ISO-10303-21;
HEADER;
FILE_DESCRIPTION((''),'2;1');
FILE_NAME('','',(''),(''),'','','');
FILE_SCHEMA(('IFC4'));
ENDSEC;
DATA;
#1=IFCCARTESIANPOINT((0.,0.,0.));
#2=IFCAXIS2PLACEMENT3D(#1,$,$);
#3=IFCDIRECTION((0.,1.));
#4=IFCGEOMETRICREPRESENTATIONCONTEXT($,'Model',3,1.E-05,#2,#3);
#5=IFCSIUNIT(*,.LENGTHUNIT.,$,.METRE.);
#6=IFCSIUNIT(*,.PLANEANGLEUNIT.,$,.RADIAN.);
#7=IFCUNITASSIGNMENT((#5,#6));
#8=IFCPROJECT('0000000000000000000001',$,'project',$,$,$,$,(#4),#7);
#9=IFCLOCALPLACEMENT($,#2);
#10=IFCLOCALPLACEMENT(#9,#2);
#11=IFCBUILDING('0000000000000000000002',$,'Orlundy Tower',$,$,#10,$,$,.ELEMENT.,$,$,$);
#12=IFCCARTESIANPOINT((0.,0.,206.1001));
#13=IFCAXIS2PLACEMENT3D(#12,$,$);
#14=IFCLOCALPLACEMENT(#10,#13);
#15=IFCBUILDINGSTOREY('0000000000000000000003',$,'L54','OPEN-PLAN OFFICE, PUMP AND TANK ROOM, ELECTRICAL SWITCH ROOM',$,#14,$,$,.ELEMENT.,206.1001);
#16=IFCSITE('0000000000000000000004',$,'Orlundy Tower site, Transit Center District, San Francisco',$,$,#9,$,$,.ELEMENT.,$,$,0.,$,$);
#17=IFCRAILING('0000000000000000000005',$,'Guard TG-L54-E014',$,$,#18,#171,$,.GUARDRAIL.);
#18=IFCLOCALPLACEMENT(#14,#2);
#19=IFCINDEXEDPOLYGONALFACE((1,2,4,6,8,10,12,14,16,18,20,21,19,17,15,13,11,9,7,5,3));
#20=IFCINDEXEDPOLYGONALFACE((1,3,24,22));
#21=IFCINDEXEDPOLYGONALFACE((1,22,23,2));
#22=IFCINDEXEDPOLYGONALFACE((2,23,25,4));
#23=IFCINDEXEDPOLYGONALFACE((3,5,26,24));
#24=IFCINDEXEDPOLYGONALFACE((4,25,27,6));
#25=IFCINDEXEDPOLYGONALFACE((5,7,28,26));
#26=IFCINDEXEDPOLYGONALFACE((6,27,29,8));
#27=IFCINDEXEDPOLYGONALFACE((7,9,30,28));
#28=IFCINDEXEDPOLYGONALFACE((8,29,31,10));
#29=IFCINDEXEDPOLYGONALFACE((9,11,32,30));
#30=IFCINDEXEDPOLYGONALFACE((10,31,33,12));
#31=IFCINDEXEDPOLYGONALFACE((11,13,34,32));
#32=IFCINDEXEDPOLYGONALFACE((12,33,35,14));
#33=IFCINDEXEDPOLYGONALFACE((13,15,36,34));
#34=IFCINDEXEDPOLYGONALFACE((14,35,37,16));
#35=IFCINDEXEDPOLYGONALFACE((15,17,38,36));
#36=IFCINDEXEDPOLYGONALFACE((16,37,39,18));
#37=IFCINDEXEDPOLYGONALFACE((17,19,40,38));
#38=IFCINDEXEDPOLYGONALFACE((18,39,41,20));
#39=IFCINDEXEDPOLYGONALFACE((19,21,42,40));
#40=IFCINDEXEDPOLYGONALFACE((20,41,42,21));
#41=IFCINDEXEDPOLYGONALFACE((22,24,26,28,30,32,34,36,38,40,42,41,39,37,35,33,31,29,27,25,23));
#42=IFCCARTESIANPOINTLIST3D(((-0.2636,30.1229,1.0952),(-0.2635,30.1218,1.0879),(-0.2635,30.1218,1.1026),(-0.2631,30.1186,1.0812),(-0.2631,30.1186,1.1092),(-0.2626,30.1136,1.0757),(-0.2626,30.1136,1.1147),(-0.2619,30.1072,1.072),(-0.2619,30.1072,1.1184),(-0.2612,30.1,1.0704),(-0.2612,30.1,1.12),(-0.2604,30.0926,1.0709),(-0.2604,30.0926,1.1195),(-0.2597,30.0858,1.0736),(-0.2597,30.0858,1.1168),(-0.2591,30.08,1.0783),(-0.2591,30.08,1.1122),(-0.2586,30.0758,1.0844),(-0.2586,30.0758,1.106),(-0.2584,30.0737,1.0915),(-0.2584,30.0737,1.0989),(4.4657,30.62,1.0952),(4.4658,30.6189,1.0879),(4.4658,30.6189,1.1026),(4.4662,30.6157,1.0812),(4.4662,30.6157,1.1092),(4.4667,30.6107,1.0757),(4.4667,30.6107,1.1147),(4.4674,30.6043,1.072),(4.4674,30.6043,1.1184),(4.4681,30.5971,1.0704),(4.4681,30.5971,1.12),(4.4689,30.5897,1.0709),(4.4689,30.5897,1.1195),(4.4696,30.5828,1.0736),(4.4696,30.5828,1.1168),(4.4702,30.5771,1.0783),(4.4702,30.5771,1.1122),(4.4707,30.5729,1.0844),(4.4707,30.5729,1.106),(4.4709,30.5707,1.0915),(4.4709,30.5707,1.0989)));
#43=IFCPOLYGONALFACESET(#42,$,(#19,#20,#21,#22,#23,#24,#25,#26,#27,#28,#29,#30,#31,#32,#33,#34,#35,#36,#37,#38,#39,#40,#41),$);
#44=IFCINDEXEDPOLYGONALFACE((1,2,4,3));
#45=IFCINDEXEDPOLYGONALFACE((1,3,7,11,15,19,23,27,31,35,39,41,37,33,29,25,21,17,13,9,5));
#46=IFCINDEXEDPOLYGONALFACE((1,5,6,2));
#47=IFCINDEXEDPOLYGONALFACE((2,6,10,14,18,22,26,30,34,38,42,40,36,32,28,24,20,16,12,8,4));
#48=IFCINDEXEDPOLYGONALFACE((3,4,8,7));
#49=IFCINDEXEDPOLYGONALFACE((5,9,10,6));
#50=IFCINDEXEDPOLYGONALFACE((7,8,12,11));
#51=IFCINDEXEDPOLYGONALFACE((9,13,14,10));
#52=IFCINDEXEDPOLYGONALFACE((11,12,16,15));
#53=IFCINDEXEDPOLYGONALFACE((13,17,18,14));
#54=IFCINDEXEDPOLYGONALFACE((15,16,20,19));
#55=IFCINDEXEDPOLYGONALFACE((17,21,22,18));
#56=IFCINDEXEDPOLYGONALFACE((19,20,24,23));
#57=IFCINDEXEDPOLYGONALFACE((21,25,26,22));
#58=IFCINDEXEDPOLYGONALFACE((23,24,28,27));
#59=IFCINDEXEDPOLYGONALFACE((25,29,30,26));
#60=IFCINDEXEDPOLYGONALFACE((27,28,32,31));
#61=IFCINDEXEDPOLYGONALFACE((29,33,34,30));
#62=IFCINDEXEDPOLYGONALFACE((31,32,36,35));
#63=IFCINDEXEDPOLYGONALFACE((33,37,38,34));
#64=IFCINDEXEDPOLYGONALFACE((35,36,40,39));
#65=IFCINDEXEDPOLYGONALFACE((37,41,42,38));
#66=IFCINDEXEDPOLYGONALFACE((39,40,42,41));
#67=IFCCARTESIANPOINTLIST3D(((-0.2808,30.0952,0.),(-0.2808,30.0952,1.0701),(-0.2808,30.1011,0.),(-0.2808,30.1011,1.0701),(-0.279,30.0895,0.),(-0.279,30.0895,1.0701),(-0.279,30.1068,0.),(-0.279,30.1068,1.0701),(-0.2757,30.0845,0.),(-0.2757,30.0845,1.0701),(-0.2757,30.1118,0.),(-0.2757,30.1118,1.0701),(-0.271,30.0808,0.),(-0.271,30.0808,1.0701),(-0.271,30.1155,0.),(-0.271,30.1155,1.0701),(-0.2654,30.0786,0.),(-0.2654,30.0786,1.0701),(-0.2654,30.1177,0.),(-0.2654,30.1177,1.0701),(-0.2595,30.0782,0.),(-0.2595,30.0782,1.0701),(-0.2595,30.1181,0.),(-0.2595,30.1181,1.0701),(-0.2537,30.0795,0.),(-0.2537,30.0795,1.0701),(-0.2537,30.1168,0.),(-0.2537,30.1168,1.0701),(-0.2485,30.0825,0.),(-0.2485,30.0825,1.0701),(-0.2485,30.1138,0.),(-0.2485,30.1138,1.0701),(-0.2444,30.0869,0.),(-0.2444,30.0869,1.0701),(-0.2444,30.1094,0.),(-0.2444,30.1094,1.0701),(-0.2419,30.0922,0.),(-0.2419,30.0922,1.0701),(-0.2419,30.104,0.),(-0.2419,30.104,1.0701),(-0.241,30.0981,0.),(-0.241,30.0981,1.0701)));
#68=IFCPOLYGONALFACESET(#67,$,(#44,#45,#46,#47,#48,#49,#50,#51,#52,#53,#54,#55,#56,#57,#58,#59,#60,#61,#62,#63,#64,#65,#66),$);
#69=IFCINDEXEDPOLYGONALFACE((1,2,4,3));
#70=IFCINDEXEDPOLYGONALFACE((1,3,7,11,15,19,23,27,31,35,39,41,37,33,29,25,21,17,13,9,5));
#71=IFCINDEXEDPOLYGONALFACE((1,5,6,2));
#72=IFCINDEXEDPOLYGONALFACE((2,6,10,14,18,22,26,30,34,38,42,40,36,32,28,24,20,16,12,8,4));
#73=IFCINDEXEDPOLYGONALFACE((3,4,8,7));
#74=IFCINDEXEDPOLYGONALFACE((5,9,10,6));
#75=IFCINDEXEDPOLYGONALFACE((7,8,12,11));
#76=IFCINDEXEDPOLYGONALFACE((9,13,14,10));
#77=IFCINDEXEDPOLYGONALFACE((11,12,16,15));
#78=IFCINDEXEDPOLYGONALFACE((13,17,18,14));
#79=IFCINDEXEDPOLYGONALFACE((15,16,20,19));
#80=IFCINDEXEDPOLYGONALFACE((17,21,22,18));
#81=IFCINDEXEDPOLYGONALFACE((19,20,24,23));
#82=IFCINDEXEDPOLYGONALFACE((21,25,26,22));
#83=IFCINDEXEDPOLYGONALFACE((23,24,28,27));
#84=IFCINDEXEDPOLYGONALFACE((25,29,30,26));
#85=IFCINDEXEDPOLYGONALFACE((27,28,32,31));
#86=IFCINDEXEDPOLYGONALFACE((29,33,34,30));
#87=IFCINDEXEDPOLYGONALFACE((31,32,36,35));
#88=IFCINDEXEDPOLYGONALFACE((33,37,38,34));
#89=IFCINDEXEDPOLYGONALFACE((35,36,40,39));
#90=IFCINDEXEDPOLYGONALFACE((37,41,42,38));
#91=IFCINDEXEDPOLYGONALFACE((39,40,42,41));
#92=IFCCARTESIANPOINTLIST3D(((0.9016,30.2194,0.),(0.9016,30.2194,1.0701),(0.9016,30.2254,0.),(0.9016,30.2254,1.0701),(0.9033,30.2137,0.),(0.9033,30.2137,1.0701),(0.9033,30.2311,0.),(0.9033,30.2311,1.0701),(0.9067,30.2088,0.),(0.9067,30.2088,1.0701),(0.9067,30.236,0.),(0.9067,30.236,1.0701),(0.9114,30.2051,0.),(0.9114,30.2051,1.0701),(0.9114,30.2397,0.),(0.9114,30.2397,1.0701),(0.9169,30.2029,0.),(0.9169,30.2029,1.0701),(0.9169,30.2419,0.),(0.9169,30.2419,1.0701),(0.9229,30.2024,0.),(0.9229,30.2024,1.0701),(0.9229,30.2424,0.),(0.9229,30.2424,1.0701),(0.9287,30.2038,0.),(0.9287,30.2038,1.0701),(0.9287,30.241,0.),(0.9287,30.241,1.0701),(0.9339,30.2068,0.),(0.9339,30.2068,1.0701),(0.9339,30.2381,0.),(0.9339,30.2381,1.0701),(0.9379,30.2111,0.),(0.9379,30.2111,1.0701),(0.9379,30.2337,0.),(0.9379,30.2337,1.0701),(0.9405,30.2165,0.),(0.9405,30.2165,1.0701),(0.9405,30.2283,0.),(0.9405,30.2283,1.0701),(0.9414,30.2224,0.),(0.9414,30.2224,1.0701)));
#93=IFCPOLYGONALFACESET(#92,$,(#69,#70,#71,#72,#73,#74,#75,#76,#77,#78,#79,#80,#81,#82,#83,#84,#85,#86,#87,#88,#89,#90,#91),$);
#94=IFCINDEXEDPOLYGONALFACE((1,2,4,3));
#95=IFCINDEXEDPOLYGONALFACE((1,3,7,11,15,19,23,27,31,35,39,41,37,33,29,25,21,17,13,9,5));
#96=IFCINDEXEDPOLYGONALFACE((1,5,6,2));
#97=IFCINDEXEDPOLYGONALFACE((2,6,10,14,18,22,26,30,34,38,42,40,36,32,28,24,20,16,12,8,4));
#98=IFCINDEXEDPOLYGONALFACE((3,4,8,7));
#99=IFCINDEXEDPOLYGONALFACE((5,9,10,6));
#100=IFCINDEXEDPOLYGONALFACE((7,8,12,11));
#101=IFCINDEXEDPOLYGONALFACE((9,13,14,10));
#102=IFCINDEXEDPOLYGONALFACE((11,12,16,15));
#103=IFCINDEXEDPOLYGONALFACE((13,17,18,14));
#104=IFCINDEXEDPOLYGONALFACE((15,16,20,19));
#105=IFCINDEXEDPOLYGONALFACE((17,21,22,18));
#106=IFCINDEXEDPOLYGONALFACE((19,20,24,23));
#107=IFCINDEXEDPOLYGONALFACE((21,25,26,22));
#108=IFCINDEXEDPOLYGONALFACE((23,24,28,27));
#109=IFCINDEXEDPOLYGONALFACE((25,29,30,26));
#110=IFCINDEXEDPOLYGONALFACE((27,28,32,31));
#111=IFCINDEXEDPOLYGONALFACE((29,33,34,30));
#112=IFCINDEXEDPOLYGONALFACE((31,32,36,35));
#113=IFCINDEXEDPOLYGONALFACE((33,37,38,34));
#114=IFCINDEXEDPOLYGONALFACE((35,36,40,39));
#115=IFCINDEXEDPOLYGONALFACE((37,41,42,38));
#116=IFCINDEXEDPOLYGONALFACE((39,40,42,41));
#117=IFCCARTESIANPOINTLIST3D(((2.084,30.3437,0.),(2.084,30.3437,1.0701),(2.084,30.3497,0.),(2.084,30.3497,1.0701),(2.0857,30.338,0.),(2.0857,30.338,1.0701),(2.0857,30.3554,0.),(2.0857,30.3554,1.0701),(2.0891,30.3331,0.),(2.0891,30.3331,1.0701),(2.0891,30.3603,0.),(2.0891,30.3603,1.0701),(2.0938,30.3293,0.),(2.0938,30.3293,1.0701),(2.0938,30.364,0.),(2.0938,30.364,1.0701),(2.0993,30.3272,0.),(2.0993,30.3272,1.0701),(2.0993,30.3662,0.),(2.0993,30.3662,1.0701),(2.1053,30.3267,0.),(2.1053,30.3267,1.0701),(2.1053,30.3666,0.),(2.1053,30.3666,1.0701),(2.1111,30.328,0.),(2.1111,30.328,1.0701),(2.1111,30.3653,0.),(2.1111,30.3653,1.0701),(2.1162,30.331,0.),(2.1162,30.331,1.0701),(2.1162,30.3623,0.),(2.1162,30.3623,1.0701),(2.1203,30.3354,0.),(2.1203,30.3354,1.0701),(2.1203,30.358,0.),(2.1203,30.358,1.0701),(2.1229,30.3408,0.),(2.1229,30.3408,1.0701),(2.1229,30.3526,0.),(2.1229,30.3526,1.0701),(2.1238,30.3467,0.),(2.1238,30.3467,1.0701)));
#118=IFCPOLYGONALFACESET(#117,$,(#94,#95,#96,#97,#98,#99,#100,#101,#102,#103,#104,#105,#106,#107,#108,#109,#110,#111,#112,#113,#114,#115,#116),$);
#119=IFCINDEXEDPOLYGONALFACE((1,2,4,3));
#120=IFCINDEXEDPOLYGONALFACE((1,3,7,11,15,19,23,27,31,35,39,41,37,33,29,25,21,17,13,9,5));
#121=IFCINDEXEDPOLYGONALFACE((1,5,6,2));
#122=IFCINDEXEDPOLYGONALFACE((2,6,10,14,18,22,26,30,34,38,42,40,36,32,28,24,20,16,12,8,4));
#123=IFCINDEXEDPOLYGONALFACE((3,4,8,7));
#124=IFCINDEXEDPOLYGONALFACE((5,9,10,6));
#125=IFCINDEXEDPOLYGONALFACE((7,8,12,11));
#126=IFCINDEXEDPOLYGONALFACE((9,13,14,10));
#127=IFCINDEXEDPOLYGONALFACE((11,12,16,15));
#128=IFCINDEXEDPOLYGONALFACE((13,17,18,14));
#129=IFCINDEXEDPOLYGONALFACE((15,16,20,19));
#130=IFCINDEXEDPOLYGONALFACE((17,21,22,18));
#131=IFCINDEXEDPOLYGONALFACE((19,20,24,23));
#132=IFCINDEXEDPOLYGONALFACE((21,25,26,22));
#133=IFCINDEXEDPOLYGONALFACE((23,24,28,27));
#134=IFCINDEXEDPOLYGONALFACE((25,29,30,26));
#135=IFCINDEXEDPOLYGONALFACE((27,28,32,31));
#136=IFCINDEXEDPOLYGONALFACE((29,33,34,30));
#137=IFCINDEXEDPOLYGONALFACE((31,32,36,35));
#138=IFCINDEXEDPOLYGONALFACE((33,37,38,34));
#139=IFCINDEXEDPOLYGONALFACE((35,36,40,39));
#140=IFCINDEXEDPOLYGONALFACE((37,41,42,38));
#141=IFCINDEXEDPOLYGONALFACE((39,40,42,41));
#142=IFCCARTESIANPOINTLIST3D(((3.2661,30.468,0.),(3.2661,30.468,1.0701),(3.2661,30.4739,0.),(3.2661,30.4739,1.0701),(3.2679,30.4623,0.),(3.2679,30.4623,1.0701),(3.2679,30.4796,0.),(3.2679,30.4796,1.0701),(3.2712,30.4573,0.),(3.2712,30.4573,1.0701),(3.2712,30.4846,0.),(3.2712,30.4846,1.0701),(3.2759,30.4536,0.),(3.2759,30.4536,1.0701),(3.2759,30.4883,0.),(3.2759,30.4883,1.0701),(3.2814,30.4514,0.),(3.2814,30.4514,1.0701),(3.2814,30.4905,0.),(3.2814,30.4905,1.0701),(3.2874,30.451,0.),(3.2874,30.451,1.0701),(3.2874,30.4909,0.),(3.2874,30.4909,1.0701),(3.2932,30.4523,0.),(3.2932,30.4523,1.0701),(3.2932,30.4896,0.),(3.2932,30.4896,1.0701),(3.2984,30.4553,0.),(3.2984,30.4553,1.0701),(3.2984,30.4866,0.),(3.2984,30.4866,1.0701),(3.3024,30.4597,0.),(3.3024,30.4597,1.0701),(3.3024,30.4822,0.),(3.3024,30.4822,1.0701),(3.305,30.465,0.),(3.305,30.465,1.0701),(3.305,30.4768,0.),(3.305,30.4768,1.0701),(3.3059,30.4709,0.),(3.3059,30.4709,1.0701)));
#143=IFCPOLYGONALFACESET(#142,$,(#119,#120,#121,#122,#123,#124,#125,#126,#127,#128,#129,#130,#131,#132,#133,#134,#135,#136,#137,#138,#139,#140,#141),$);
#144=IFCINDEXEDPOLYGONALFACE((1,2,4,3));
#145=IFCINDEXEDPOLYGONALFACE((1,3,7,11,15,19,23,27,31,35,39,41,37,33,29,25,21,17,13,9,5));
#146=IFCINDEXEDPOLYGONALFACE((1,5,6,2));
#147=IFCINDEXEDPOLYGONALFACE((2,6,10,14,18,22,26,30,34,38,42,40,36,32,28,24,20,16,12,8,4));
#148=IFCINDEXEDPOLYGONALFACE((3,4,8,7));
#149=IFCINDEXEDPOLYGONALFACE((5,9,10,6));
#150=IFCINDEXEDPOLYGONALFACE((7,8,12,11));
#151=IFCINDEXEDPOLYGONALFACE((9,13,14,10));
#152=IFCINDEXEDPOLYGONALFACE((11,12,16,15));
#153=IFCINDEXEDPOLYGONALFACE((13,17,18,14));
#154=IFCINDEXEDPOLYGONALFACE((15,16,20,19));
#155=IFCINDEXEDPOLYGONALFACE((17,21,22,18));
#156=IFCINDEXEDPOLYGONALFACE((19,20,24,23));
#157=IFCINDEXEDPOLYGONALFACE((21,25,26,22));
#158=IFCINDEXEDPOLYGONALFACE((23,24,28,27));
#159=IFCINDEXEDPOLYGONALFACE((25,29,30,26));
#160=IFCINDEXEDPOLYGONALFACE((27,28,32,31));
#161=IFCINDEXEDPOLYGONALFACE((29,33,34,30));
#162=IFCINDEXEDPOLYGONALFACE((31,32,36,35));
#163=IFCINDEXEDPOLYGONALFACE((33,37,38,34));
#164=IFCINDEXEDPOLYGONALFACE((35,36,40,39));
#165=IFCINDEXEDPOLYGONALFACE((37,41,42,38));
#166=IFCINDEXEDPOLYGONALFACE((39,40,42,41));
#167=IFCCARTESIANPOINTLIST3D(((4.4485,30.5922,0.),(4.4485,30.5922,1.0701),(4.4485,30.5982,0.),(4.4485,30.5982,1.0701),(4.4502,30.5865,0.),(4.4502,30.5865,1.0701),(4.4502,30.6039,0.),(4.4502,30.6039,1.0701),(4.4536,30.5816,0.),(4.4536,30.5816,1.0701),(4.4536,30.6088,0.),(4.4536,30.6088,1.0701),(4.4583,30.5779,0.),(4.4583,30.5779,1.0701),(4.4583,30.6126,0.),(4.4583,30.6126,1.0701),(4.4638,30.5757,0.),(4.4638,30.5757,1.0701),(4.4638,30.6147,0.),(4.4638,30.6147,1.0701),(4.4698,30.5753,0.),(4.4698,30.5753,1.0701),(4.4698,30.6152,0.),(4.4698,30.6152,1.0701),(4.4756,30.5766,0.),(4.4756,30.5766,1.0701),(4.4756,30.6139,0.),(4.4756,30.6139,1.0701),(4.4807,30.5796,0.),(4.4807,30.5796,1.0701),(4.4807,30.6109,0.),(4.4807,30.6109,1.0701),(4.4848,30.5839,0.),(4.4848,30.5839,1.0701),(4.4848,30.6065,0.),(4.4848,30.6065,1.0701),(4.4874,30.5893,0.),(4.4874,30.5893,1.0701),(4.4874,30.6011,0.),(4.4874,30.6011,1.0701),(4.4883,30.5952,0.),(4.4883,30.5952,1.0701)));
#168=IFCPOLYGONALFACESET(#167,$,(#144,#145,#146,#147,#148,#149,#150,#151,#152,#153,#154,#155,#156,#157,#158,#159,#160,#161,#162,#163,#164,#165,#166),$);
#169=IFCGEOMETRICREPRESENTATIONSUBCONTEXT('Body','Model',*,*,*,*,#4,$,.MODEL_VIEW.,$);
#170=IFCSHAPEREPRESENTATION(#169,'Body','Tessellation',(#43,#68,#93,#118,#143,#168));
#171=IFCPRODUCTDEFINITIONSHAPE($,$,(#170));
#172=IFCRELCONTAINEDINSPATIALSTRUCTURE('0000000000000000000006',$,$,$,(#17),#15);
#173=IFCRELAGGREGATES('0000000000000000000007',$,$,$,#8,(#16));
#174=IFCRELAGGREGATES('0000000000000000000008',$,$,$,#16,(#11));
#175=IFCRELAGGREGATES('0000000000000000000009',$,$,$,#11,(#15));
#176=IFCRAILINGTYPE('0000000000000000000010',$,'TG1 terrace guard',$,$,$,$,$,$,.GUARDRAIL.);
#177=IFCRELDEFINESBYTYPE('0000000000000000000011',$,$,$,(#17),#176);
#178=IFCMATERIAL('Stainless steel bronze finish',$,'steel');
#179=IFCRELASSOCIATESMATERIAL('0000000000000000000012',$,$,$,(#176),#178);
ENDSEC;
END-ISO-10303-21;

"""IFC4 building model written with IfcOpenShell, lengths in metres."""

from ifc_helpers import new_model, si_unit, direction, frame, origin, origin_2d, place, context, subcontext, project, spatial, circle, extrude, material, type_object, element, save


model = new_model("IFC4")

# Units and contexts
model_context = context("Model", 3, precision=1e-05, world=origin(), true_north=direction((0.0, 1.0)))
body_context = subcontext(model_context, "Body", "Model", "MODEL_VIEW")
ifc_project = project(units=[si_unit("LENGTHUNIT", "METRE"), si_unit("PLANEANGLEUNIT", "RADIAN")], contexts=[model_context])

# Site, building, storey
site_placement = place(None, origin())
site = spatial("IfcSite", under=ifc_project, at=site_placement, Name="Orlundy Tower site, Transit Center District, San Francisco", CompositionType="ELEMENT", RefElevation=0.0)
building_placement = place(site_placement, origin())
building = spatial("IfcBuilding", under=site, at=building_placement, Name="Orlundy Tower", CompositionType="ELEMENT")
storey_placement = place(building_placement, frame((0.0, 0.0, 206.1001)))
storey = spatial("IfcBuildingStorey", under=building, at=storey_placement, Name="L54", Description="OPEN-PLAN OFFICE, PUMP AND TANK ROOM, ELECTRICAL SWITCH ROOM", CompositionType="ELEMENT", Elevation=206.1001)

# Railing
ifc_material_1 = material(Name="Stainless steel bronze finish", Category="steel")
railing_type_1 = type_object("IfcRailingType", Name="TG1 terrace guard", PredefinedType="GUARDRAIL", material=ifc_material_1)
railing_1_placement = place(storey_placement, frame((-0.261, 30.0981, 0.0)))
element("IfcRailing", 1, at=railing_1_placement, inside=storey, type_object=railing_type_1, Name="Guard TG-L54-E014", PredefinedType="GUARDRAIL", context=body_context, shape_type="SweptSolid", body=[
    extrude(circle(Radius=0.0249, at=origin_2d()), frame((0.0, 0.0, 1.0952), z_axis=(0.994522, 0.10453, 0.0), x_axis=(-0.10453, 0.994522, 0.0)), (0.0, 0.0, 1.0), 4.7554),
    extrude(circle(Radius=0.02, at=origin_2d()), origin(), (0.0, 0.0, 1.0), 1.0701),
    extrude(circle(Radius=0.02, at=origin_2d()), frame((1.1824, 0.1243, 0.0)), (0.0, 0.0, 1.0), 1.0701),
    extrude(circle(Radius=0.02, at=origin_2d()), frame((2.3647, 0.2485, 0.0)), (0.0, 0.0, 1.0), 1.0701),
    extrude(circle(Radius=0.02, at=origin_2d()), frame((3.5469, 0.3728, 0.0)), (0.0, 0.0, 1.0), 1.0701),
    extrude(circle(Radius=0.02, at=origin_2d()), frame((4.7292, 0.4971, 0.0)), (0.0, 0.0, 1.0), 1.0701),
])

save(model, "model.ifc")
